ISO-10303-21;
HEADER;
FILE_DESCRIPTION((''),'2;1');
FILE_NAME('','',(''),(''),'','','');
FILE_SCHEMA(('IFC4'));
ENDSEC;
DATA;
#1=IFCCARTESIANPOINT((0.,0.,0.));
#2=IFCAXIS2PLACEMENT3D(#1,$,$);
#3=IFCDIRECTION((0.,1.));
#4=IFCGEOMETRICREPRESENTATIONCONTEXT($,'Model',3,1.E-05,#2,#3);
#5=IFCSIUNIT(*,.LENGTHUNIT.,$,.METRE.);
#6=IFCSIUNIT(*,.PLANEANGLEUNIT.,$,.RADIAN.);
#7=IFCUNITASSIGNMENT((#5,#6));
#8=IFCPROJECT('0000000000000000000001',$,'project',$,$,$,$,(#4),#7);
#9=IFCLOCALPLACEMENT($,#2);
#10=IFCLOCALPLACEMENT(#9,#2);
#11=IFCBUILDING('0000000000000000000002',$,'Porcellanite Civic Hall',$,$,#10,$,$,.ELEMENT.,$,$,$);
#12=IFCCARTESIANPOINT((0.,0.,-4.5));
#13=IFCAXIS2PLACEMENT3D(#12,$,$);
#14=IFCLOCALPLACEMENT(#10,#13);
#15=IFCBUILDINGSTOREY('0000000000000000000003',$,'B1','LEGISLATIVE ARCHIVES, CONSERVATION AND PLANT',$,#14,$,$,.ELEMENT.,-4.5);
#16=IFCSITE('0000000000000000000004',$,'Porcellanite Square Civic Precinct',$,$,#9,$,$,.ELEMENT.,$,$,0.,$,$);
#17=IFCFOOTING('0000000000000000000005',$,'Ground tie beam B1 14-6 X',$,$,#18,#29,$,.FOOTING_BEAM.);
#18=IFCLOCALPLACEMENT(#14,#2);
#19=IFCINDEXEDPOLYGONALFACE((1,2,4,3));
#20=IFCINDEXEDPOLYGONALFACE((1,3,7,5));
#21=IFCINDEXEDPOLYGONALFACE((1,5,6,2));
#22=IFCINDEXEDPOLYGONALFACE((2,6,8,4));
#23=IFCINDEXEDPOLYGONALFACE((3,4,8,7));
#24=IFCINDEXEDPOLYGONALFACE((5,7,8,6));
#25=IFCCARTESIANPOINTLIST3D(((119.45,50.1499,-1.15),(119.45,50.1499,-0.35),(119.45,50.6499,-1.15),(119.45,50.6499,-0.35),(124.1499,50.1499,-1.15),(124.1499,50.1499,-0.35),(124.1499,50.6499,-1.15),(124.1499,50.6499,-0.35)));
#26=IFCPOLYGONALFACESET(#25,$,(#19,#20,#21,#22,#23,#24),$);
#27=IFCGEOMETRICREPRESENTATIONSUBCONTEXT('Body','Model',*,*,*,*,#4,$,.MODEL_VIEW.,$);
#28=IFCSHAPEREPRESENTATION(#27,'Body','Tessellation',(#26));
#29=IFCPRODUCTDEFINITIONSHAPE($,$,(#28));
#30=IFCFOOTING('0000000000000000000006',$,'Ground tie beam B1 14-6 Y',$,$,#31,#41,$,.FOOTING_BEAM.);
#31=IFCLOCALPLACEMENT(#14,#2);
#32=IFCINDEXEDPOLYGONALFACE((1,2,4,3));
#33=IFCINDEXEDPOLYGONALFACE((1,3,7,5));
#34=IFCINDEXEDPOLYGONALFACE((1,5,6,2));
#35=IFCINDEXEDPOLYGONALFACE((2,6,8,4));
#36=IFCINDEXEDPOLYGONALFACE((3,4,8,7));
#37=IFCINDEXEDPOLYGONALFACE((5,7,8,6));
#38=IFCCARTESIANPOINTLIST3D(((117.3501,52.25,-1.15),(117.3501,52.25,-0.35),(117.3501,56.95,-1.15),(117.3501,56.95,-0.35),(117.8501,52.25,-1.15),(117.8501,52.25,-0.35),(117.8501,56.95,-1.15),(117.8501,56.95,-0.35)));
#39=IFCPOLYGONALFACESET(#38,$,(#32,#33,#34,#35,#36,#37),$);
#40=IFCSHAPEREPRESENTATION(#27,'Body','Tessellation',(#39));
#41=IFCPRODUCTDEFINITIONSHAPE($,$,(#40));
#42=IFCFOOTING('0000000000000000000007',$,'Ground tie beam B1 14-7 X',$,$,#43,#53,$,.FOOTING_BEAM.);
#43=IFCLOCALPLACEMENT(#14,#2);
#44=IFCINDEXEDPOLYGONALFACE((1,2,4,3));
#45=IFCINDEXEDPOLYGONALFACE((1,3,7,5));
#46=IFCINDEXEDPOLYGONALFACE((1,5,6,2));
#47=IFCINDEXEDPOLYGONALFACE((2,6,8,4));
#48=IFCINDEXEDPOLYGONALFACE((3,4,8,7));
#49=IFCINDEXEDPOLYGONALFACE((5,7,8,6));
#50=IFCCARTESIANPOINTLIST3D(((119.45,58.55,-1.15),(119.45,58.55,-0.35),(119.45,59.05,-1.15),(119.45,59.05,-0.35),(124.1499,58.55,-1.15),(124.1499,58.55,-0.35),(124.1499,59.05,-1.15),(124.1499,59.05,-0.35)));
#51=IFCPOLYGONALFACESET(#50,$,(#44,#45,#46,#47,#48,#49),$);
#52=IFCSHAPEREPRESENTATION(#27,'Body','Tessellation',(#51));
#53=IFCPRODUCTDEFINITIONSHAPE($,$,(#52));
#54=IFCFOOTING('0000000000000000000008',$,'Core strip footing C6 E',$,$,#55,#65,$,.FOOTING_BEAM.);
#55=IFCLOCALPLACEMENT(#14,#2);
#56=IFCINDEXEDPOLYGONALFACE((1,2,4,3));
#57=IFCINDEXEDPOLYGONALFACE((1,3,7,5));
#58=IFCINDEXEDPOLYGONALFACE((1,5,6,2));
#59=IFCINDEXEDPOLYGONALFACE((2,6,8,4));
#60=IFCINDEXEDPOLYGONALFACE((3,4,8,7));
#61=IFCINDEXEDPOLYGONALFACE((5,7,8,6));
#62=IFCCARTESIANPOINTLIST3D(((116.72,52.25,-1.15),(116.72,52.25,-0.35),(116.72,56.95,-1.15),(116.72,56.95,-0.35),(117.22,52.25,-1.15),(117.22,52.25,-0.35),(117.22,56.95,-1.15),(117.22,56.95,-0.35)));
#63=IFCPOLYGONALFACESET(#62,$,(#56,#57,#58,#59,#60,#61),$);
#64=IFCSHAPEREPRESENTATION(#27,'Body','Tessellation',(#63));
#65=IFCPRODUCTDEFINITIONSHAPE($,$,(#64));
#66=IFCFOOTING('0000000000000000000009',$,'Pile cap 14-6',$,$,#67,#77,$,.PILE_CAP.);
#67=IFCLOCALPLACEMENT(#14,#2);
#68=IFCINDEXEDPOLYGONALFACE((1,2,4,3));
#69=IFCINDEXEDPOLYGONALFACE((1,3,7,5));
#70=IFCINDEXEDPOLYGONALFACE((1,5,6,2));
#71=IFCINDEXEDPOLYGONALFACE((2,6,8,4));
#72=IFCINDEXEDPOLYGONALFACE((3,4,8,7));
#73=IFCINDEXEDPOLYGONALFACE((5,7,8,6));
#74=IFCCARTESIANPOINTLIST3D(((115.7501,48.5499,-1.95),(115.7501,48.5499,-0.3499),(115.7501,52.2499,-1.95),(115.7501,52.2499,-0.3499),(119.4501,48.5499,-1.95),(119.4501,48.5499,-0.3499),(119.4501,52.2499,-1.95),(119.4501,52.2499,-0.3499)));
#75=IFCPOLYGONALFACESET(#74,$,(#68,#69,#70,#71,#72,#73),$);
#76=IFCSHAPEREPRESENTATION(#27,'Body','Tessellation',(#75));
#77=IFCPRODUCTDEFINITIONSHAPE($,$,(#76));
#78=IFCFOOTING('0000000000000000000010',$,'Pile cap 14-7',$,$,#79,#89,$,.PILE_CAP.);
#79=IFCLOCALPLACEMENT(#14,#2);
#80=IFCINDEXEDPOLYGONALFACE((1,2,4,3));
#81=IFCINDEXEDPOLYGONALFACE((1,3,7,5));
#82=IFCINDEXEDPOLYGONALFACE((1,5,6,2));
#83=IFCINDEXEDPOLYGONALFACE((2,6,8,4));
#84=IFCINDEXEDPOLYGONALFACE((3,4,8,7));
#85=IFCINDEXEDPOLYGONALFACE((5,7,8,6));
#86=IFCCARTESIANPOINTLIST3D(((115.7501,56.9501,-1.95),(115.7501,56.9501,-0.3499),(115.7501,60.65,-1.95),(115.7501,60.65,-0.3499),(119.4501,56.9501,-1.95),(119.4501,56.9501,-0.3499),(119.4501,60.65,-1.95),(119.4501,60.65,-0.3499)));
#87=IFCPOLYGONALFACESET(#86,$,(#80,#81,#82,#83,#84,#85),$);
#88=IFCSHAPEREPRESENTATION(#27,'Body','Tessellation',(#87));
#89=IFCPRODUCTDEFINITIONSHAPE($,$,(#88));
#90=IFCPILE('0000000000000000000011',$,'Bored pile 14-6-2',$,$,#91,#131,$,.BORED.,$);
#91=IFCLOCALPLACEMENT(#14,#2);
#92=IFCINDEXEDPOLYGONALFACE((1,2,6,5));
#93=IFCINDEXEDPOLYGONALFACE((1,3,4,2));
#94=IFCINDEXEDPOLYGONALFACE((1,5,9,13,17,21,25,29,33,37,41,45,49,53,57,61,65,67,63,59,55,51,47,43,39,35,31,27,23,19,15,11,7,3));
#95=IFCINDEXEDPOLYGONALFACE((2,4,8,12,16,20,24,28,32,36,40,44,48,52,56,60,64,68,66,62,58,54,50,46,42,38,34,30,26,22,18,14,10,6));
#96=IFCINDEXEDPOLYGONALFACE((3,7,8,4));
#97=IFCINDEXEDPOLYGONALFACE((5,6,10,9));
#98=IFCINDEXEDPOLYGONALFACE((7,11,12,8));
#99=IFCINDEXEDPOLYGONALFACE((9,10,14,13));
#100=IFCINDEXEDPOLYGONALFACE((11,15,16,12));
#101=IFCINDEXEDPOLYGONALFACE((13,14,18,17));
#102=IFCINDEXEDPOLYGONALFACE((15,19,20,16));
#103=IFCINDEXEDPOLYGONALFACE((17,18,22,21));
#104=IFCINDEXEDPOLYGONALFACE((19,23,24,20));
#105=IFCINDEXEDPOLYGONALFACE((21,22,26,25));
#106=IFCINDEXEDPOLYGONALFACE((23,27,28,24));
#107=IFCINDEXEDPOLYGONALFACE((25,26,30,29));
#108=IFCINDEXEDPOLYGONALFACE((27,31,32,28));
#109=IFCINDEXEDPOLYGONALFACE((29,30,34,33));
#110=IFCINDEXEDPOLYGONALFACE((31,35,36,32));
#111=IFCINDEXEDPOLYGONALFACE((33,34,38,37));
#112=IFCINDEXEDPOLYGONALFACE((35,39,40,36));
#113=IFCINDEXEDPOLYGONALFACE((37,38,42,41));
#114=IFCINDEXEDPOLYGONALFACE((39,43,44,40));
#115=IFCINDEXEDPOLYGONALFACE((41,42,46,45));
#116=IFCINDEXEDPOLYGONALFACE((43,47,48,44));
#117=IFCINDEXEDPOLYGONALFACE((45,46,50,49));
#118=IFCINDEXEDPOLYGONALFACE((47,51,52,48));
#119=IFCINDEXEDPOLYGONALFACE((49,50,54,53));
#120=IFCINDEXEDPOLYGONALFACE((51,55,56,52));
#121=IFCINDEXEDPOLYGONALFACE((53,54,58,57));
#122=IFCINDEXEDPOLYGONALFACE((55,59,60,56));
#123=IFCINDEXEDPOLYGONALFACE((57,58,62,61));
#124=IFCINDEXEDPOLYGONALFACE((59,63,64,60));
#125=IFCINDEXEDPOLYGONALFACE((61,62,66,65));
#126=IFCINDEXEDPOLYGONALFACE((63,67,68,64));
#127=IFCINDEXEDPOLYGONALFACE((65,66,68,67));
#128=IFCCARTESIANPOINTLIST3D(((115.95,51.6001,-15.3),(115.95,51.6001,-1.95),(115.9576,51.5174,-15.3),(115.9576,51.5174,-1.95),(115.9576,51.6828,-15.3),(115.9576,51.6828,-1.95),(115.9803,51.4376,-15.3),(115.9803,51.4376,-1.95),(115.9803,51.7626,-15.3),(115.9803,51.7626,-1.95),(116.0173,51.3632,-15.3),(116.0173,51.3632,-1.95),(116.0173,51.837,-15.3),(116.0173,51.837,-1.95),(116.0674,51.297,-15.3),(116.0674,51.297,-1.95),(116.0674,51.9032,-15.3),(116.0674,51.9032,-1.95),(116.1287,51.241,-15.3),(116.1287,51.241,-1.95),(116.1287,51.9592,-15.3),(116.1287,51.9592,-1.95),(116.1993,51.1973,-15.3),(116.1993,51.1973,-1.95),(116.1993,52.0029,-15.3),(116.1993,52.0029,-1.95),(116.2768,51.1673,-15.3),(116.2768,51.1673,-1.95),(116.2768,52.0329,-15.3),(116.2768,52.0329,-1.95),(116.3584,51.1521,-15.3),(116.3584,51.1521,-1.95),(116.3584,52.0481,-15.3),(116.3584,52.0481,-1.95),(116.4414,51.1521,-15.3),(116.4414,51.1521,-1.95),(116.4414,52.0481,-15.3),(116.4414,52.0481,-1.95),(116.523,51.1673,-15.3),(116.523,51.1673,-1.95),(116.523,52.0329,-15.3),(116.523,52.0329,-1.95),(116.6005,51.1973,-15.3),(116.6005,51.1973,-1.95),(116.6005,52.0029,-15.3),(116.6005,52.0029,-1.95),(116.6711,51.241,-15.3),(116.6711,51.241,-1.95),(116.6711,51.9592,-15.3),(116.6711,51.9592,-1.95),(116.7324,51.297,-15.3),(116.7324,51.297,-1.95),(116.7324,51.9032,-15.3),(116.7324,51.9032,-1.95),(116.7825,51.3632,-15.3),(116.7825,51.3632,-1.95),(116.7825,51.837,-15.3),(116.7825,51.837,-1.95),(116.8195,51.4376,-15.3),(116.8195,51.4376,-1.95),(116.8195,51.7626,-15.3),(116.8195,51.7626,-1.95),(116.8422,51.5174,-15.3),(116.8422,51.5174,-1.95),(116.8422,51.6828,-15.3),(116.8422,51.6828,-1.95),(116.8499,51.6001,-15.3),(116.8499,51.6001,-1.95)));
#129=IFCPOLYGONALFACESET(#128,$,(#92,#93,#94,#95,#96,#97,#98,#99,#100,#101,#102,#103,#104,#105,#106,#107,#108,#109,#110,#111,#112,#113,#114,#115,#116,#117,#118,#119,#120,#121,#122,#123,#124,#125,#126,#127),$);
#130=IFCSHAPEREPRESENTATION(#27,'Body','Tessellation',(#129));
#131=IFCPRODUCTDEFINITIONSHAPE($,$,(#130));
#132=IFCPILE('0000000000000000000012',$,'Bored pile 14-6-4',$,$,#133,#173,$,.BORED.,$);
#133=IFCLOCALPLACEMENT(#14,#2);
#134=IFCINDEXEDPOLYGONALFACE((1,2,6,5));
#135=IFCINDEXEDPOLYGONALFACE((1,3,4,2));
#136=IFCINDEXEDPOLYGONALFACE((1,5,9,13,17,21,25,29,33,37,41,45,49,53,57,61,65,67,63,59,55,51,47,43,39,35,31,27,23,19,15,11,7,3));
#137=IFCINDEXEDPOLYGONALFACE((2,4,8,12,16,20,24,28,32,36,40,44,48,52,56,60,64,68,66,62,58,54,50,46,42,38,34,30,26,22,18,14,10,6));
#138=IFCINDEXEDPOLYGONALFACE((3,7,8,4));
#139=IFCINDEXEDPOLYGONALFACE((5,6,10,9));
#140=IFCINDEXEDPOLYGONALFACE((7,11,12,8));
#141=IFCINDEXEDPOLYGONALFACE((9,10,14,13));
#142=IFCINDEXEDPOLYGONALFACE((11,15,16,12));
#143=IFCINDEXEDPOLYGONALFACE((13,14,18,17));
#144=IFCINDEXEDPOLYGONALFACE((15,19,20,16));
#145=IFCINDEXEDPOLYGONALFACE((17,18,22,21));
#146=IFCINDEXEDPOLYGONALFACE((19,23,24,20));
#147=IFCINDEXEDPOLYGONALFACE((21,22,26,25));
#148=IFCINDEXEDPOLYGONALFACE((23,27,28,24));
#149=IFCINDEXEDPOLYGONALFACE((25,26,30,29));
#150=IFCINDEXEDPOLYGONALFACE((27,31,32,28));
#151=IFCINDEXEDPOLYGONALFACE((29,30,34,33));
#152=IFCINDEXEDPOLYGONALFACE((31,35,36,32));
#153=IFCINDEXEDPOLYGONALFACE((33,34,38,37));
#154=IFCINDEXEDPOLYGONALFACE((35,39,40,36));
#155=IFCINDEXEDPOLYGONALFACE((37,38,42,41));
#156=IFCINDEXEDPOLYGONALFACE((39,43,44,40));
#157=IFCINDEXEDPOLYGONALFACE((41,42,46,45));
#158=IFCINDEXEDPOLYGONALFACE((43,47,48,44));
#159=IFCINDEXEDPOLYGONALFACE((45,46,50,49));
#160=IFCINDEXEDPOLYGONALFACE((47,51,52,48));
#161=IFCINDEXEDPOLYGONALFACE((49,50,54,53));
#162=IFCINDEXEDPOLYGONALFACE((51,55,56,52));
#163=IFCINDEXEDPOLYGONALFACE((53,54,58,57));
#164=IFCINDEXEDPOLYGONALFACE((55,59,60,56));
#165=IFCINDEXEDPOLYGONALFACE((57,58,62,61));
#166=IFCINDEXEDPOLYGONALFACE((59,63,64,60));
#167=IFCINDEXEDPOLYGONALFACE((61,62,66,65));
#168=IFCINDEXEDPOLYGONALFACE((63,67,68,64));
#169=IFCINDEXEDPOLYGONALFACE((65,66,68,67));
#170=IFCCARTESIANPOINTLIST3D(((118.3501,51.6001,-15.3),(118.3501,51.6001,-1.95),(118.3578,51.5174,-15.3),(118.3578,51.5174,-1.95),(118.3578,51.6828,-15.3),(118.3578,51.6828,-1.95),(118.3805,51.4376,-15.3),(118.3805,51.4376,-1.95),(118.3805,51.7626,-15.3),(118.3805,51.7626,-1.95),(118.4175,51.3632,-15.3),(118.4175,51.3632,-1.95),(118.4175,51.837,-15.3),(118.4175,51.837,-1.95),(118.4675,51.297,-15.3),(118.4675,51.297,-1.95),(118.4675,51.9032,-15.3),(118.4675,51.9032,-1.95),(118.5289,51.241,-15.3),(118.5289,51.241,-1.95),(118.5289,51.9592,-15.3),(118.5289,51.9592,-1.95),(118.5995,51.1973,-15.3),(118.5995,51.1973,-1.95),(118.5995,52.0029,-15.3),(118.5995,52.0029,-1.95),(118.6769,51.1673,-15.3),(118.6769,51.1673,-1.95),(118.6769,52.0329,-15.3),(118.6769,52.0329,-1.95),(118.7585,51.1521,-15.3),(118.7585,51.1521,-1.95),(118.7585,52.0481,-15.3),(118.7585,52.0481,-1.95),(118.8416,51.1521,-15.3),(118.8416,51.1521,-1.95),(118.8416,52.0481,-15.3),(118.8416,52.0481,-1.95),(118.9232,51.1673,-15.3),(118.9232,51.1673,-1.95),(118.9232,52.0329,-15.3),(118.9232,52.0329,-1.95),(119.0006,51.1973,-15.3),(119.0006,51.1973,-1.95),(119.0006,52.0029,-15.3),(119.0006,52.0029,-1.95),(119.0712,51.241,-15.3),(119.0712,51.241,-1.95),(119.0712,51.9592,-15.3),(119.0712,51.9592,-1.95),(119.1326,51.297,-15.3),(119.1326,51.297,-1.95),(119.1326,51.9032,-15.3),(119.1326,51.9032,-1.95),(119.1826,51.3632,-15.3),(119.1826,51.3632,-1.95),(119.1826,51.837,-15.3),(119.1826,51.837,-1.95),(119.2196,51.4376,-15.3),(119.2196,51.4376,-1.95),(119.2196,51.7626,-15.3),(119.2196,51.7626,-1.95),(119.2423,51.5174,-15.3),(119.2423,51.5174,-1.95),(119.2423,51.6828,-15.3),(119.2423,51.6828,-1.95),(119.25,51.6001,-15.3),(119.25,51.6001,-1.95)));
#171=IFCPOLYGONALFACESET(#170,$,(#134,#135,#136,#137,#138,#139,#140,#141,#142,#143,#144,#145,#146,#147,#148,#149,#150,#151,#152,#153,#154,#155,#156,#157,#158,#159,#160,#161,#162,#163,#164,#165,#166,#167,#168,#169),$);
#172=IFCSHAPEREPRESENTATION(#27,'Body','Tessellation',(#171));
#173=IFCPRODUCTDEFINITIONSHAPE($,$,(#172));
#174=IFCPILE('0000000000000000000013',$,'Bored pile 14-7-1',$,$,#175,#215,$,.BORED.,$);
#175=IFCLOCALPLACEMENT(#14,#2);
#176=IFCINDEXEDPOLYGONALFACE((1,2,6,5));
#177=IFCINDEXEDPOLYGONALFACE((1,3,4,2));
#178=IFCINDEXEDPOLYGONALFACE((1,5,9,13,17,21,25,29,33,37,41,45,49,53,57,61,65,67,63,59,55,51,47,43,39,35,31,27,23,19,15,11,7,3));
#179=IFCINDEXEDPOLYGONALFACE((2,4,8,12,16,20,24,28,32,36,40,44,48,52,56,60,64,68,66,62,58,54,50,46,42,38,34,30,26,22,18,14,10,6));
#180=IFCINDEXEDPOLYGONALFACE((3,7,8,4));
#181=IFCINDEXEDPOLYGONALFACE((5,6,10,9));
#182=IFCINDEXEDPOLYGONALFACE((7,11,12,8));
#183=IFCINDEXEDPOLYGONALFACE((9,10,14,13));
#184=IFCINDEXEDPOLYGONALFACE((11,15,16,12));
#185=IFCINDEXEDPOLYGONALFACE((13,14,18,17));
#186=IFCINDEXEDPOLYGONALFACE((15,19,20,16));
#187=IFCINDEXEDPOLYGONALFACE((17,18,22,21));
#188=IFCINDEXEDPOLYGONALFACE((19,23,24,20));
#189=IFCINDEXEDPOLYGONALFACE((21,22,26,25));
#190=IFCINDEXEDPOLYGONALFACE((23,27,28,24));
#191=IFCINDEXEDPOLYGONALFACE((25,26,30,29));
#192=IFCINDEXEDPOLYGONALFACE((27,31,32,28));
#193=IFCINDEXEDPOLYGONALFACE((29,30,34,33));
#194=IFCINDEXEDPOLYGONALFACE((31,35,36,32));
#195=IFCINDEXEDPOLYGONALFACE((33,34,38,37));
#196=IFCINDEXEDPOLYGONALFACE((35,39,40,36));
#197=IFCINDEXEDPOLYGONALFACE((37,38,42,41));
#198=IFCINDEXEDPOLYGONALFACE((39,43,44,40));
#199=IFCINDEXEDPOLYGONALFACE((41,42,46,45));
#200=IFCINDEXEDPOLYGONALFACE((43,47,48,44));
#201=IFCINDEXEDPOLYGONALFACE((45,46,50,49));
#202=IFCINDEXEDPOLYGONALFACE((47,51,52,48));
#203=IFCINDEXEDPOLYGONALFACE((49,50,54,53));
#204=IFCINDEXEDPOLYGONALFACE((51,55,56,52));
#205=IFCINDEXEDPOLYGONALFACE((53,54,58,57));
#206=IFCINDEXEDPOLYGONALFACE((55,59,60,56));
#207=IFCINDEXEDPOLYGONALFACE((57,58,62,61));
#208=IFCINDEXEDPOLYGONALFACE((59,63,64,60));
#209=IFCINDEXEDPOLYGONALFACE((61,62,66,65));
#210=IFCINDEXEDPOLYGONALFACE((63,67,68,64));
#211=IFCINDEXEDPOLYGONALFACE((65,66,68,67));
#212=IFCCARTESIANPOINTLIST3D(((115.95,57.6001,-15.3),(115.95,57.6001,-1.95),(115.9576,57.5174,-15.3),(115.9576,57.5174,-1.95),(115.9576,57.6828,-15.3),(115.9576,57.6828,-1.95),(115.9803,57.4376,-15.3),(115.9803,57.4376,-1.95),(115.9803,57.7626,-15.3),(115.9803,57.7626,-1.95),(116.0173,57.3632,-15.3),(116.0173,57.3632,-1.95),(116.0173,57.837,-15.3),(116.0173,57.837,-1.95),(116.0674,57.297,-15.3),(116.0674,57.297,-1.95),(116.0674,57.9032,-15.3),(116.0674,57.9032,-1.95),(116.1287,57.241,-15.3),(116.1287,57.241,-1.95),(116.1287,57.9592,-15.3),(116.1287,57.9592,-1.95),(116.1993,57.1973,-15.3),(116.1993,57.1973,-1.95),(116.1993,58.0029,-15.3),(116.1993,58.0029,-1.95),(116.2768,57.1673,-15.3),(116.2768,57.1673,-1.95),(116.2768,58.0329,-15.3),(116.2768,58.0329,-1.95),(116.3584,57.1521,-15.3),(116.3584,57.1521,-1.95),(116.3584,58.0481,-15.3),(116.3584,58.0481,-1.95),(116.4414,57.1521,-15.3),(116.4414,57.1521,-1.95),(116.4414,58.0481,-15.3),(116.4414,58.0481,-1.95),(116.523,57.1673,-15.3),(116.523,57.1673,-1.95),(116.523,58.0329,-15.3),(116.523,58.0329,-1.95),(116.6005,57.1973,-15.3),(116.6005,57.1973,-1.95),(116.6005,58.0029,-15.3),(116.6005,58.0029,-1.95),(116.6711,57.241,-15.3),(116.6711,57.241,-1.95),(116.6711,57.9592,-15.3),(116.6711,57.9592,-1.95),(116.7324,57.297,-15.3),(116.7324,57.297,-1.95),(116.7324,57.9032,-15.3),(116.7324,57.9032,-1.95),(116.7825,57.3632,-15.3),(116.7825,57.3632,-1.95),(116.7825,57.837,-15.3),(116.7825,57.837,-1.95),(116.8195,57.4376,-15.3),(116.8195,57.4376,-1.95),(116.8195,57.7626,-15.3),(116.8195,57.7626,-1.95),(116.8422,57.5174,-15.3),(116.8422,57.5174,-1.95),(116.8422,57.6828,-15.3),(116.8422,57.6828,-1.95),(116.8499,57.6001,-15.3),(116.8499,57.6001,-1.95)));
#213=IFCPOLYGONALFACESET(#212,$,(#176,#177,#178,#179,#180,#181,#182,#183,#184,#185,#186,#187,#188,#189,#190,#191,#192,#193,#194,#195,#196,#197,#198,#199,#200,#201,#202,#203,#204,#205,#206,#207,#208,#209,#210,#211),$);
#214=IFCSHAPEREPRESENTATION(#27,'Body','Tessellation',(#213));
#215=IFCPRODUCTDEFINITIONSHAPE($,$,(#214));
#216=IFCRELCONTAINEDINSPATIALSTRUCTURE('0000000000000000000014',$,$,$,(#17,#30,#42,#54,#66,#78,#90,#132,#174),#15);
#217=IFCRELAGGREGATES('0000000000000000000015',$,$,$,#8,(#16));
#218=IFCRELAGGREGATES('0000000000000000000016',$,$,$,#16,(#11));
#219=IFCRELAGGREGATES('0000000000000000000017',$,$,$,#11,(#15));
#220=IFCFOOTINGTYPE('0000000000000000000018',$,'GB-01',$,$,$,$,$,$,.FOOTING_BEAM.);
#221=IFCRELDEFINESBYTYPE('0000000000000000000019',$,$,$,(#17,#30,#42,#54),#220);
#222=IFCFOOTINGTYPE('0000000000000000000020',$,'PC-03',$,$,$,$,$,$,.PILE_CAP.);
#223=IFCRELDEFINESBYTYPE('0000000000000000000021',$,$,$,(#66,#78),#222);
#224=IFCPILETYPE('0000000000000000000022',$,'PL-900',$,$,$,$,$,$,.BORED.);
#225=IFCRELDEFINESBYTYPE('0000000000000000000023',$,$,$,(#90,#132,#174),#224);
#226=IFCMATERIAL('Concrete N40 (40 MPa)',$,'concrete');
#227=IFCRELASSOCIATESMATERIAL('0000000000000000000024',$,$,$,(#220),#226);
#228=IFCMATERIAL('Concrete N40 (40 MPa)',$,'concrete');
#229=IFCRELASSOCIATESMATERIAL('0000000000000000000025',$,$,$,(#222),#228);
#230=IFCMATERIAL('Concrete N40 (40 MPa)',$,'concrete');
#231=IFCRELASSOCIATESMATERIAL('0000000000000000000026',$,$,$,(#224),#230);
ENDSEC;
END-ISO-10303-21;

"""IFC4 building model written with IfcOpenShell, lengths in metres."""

from ifc_helpers import new_model, si_unit, direction, frame, origin, origin_2d, place, context, subcontext, project, spatial, rectangle, circle, extrude, material, material_profile, profile_set, type_object, element, save


model = new_model("IFC4")

# Units and contexts
model_context = context("Model", 3, precision=1e-05, world=origin(), true_north=direction((0.0, 1.0)))
body_context = subcontext(model_context, "Body", "Model", "MODEL_VIEW")
ifc_project = project(units=[si_unit("LENGTHUNIT", "METRE"), si_unit("PLANEANGLEUNIT", "RADIAN")], contexts=[model_context])

# Site, building, storey
site_placement = place(None, origin())
site = spatial("IfcSite", under=ifc_project, at=site_placement, Name="Porcellanite Square Civic Precinct", CompositionType="ELEMENT", RefElevation=0.0)
building_placement = place(site_placement, origin())
building = spatial("IfcBuilding", under=site, at=building_placement, Name="Porcellanite Civic Hall", CompositionType="ELEMENT")
storey_placement = place(building_placement, frame((0.0, 0.0, -4.5)))
storey = spatial("IfcBuildingStorey", under=building, at=storey_placement, Name="B1", Description="LEGISLATIVE ARCHIVES, CONSERVATION AND PLANT", CompositionType="ELEMENT", Elevation=-4.5)

# Footings
ifc_material_1 = material(Name="Concrete N40 (40 MPa)", Category="concrete")
ifc_material_profile_1 = material_profile(ifc_material_1, rectangle(XDim=0.5, YDim=0.8, at=origin_2d()), Name="RC-500x800")
ifc_profile_set_1 = profile_set([ifc_material_profile_1], Name="Concrete N40 (40 MPa)")
footing_type_1 = type_object("IfcFootingType", Name="GB-01", PredefinedType="FOOTING_BEAM", material=ifc_profile_set_1)
for number, where, z_axis, x_axis, name in (
    (1, (119.45, 50.3999, -0.75), (1.0, 0.0, 0.0), (0.0, 1.0, 0.0), "Ground tie beam B1 14-6 X"),
    (2, (117.6001, 52.25, -0.75), (0.0, 1.0, 0.0), (-1.0, 0.0, 0.0), "Ground tie beam B1 14-6 Y"),
    (3, (119.45, 58.8, -0.75), (1.0, 0.0, 0.0), (0.0, 1.0, 0.0), "Ground tie beam B1 14-7 X"),
    (4, (116.97, 52.25, -0.75), (0.0, 1.0, 0.0), (-1.0, 0.0, 0.0), "Core strip footing C6 E"),
):
    element("IfcFooting", number, at=place(storey_placement, frame(where, z_axis=z_axis, x_axis=x_axis)), inside=storey, type_object=footing_type_1, Name=name, PredefinedType="FOOTING_BEAM", context=body_context, shape_type="SweptSolid", body=[
        extrude(rectangle(XDim=0.5, YDim=0.8, at=origin_2d()), origin(), (0.0, 0.0, 1.0), 4.7),
    ])
ifc_material_2 = material(Name="Concrete N40 (40 MPa)", Category="concrete")
footing_type_2 = type_object("IfcFootingType", Name="PC-03", PredefinedType="PILE_CAP", material=ifc_material_2)
for number, where, z_axis, x_axis, name in (
    (5, (117.6001, 50.3999, -1.95), (0.0, 0.0, 1.0), (1.0, 0.0, 0.0), "Pile cap 14-6"),
    (6, (117.6001, 58.8, -1.95), (0.0, 0.0, 1.0), (1.0, 0.0, 0.0), "Pile cap 14-7"),
):
    element("IfcFooting", number, at=place(storey_placement, frame(where, z_axis=z_axis, x_axis=x_axis)), inside=storey, type_object=footing_type_2, Name=name, PredefinedType="PILE_CAP", context=body_context, shape_type="SweptSolid", body=[
        extrude(rectangle(XDim=3.7, YDim=3.7, at=origin_2d()), origin(), (0.0, 0.0, 1.0), 1.6001),
    ])

# Piles
ifc_material_3 = material(Name="Concrete N40 (40 MPa)", Category="concrete")
ifc_material_profile_2 = material_profile(ifc_material_3, circle(Radius=0.45, at=origin_2d()), Name="PILE-D900")
ifc_profile_set_2 = profile_set([ifc_material_profile_2], Name="Concrete N40 (40 MPa)")
pile_type = type_object("IfcPileType", Name="PL-900", PredefinedType="BORED", material=ifc_profile_set_2)
for number, where, z_axis, x_axis, name in (
    (7, (116.3999, 51.6001, -1.95), (0.0, 0.0, -1.0), (1.0, 0.0, 0.0), "Bored pile 14-6-2"),
    (8, (118.8, 51.6001, -1.95), (0.0, 0.0, -1.0), (1.0, 0.0, 0.0), "Bored pile 14-6-4"),
    (9, (116.3999, 57.6001, -1.95), (0.0, 0.0, -1.0), (1.0, 0.0, 0.0), "Bored pile 14-7-1"),
):
    element("IfcPile", number, at=place(storey_placement, frame(where, z_axis=z_axis, x_axis=x_axis)), inside=storey, type_object=pile_type, Name=name, PredefinedType="BORED", context=body_context, shape_type="SweptSolid", body=[
        extrude(circle(Radius=0.45, at=origin_2d()), origin(), (0.0, 0.0, 1.0), 13.3501),
    ])

save(model, "model.ifc")
